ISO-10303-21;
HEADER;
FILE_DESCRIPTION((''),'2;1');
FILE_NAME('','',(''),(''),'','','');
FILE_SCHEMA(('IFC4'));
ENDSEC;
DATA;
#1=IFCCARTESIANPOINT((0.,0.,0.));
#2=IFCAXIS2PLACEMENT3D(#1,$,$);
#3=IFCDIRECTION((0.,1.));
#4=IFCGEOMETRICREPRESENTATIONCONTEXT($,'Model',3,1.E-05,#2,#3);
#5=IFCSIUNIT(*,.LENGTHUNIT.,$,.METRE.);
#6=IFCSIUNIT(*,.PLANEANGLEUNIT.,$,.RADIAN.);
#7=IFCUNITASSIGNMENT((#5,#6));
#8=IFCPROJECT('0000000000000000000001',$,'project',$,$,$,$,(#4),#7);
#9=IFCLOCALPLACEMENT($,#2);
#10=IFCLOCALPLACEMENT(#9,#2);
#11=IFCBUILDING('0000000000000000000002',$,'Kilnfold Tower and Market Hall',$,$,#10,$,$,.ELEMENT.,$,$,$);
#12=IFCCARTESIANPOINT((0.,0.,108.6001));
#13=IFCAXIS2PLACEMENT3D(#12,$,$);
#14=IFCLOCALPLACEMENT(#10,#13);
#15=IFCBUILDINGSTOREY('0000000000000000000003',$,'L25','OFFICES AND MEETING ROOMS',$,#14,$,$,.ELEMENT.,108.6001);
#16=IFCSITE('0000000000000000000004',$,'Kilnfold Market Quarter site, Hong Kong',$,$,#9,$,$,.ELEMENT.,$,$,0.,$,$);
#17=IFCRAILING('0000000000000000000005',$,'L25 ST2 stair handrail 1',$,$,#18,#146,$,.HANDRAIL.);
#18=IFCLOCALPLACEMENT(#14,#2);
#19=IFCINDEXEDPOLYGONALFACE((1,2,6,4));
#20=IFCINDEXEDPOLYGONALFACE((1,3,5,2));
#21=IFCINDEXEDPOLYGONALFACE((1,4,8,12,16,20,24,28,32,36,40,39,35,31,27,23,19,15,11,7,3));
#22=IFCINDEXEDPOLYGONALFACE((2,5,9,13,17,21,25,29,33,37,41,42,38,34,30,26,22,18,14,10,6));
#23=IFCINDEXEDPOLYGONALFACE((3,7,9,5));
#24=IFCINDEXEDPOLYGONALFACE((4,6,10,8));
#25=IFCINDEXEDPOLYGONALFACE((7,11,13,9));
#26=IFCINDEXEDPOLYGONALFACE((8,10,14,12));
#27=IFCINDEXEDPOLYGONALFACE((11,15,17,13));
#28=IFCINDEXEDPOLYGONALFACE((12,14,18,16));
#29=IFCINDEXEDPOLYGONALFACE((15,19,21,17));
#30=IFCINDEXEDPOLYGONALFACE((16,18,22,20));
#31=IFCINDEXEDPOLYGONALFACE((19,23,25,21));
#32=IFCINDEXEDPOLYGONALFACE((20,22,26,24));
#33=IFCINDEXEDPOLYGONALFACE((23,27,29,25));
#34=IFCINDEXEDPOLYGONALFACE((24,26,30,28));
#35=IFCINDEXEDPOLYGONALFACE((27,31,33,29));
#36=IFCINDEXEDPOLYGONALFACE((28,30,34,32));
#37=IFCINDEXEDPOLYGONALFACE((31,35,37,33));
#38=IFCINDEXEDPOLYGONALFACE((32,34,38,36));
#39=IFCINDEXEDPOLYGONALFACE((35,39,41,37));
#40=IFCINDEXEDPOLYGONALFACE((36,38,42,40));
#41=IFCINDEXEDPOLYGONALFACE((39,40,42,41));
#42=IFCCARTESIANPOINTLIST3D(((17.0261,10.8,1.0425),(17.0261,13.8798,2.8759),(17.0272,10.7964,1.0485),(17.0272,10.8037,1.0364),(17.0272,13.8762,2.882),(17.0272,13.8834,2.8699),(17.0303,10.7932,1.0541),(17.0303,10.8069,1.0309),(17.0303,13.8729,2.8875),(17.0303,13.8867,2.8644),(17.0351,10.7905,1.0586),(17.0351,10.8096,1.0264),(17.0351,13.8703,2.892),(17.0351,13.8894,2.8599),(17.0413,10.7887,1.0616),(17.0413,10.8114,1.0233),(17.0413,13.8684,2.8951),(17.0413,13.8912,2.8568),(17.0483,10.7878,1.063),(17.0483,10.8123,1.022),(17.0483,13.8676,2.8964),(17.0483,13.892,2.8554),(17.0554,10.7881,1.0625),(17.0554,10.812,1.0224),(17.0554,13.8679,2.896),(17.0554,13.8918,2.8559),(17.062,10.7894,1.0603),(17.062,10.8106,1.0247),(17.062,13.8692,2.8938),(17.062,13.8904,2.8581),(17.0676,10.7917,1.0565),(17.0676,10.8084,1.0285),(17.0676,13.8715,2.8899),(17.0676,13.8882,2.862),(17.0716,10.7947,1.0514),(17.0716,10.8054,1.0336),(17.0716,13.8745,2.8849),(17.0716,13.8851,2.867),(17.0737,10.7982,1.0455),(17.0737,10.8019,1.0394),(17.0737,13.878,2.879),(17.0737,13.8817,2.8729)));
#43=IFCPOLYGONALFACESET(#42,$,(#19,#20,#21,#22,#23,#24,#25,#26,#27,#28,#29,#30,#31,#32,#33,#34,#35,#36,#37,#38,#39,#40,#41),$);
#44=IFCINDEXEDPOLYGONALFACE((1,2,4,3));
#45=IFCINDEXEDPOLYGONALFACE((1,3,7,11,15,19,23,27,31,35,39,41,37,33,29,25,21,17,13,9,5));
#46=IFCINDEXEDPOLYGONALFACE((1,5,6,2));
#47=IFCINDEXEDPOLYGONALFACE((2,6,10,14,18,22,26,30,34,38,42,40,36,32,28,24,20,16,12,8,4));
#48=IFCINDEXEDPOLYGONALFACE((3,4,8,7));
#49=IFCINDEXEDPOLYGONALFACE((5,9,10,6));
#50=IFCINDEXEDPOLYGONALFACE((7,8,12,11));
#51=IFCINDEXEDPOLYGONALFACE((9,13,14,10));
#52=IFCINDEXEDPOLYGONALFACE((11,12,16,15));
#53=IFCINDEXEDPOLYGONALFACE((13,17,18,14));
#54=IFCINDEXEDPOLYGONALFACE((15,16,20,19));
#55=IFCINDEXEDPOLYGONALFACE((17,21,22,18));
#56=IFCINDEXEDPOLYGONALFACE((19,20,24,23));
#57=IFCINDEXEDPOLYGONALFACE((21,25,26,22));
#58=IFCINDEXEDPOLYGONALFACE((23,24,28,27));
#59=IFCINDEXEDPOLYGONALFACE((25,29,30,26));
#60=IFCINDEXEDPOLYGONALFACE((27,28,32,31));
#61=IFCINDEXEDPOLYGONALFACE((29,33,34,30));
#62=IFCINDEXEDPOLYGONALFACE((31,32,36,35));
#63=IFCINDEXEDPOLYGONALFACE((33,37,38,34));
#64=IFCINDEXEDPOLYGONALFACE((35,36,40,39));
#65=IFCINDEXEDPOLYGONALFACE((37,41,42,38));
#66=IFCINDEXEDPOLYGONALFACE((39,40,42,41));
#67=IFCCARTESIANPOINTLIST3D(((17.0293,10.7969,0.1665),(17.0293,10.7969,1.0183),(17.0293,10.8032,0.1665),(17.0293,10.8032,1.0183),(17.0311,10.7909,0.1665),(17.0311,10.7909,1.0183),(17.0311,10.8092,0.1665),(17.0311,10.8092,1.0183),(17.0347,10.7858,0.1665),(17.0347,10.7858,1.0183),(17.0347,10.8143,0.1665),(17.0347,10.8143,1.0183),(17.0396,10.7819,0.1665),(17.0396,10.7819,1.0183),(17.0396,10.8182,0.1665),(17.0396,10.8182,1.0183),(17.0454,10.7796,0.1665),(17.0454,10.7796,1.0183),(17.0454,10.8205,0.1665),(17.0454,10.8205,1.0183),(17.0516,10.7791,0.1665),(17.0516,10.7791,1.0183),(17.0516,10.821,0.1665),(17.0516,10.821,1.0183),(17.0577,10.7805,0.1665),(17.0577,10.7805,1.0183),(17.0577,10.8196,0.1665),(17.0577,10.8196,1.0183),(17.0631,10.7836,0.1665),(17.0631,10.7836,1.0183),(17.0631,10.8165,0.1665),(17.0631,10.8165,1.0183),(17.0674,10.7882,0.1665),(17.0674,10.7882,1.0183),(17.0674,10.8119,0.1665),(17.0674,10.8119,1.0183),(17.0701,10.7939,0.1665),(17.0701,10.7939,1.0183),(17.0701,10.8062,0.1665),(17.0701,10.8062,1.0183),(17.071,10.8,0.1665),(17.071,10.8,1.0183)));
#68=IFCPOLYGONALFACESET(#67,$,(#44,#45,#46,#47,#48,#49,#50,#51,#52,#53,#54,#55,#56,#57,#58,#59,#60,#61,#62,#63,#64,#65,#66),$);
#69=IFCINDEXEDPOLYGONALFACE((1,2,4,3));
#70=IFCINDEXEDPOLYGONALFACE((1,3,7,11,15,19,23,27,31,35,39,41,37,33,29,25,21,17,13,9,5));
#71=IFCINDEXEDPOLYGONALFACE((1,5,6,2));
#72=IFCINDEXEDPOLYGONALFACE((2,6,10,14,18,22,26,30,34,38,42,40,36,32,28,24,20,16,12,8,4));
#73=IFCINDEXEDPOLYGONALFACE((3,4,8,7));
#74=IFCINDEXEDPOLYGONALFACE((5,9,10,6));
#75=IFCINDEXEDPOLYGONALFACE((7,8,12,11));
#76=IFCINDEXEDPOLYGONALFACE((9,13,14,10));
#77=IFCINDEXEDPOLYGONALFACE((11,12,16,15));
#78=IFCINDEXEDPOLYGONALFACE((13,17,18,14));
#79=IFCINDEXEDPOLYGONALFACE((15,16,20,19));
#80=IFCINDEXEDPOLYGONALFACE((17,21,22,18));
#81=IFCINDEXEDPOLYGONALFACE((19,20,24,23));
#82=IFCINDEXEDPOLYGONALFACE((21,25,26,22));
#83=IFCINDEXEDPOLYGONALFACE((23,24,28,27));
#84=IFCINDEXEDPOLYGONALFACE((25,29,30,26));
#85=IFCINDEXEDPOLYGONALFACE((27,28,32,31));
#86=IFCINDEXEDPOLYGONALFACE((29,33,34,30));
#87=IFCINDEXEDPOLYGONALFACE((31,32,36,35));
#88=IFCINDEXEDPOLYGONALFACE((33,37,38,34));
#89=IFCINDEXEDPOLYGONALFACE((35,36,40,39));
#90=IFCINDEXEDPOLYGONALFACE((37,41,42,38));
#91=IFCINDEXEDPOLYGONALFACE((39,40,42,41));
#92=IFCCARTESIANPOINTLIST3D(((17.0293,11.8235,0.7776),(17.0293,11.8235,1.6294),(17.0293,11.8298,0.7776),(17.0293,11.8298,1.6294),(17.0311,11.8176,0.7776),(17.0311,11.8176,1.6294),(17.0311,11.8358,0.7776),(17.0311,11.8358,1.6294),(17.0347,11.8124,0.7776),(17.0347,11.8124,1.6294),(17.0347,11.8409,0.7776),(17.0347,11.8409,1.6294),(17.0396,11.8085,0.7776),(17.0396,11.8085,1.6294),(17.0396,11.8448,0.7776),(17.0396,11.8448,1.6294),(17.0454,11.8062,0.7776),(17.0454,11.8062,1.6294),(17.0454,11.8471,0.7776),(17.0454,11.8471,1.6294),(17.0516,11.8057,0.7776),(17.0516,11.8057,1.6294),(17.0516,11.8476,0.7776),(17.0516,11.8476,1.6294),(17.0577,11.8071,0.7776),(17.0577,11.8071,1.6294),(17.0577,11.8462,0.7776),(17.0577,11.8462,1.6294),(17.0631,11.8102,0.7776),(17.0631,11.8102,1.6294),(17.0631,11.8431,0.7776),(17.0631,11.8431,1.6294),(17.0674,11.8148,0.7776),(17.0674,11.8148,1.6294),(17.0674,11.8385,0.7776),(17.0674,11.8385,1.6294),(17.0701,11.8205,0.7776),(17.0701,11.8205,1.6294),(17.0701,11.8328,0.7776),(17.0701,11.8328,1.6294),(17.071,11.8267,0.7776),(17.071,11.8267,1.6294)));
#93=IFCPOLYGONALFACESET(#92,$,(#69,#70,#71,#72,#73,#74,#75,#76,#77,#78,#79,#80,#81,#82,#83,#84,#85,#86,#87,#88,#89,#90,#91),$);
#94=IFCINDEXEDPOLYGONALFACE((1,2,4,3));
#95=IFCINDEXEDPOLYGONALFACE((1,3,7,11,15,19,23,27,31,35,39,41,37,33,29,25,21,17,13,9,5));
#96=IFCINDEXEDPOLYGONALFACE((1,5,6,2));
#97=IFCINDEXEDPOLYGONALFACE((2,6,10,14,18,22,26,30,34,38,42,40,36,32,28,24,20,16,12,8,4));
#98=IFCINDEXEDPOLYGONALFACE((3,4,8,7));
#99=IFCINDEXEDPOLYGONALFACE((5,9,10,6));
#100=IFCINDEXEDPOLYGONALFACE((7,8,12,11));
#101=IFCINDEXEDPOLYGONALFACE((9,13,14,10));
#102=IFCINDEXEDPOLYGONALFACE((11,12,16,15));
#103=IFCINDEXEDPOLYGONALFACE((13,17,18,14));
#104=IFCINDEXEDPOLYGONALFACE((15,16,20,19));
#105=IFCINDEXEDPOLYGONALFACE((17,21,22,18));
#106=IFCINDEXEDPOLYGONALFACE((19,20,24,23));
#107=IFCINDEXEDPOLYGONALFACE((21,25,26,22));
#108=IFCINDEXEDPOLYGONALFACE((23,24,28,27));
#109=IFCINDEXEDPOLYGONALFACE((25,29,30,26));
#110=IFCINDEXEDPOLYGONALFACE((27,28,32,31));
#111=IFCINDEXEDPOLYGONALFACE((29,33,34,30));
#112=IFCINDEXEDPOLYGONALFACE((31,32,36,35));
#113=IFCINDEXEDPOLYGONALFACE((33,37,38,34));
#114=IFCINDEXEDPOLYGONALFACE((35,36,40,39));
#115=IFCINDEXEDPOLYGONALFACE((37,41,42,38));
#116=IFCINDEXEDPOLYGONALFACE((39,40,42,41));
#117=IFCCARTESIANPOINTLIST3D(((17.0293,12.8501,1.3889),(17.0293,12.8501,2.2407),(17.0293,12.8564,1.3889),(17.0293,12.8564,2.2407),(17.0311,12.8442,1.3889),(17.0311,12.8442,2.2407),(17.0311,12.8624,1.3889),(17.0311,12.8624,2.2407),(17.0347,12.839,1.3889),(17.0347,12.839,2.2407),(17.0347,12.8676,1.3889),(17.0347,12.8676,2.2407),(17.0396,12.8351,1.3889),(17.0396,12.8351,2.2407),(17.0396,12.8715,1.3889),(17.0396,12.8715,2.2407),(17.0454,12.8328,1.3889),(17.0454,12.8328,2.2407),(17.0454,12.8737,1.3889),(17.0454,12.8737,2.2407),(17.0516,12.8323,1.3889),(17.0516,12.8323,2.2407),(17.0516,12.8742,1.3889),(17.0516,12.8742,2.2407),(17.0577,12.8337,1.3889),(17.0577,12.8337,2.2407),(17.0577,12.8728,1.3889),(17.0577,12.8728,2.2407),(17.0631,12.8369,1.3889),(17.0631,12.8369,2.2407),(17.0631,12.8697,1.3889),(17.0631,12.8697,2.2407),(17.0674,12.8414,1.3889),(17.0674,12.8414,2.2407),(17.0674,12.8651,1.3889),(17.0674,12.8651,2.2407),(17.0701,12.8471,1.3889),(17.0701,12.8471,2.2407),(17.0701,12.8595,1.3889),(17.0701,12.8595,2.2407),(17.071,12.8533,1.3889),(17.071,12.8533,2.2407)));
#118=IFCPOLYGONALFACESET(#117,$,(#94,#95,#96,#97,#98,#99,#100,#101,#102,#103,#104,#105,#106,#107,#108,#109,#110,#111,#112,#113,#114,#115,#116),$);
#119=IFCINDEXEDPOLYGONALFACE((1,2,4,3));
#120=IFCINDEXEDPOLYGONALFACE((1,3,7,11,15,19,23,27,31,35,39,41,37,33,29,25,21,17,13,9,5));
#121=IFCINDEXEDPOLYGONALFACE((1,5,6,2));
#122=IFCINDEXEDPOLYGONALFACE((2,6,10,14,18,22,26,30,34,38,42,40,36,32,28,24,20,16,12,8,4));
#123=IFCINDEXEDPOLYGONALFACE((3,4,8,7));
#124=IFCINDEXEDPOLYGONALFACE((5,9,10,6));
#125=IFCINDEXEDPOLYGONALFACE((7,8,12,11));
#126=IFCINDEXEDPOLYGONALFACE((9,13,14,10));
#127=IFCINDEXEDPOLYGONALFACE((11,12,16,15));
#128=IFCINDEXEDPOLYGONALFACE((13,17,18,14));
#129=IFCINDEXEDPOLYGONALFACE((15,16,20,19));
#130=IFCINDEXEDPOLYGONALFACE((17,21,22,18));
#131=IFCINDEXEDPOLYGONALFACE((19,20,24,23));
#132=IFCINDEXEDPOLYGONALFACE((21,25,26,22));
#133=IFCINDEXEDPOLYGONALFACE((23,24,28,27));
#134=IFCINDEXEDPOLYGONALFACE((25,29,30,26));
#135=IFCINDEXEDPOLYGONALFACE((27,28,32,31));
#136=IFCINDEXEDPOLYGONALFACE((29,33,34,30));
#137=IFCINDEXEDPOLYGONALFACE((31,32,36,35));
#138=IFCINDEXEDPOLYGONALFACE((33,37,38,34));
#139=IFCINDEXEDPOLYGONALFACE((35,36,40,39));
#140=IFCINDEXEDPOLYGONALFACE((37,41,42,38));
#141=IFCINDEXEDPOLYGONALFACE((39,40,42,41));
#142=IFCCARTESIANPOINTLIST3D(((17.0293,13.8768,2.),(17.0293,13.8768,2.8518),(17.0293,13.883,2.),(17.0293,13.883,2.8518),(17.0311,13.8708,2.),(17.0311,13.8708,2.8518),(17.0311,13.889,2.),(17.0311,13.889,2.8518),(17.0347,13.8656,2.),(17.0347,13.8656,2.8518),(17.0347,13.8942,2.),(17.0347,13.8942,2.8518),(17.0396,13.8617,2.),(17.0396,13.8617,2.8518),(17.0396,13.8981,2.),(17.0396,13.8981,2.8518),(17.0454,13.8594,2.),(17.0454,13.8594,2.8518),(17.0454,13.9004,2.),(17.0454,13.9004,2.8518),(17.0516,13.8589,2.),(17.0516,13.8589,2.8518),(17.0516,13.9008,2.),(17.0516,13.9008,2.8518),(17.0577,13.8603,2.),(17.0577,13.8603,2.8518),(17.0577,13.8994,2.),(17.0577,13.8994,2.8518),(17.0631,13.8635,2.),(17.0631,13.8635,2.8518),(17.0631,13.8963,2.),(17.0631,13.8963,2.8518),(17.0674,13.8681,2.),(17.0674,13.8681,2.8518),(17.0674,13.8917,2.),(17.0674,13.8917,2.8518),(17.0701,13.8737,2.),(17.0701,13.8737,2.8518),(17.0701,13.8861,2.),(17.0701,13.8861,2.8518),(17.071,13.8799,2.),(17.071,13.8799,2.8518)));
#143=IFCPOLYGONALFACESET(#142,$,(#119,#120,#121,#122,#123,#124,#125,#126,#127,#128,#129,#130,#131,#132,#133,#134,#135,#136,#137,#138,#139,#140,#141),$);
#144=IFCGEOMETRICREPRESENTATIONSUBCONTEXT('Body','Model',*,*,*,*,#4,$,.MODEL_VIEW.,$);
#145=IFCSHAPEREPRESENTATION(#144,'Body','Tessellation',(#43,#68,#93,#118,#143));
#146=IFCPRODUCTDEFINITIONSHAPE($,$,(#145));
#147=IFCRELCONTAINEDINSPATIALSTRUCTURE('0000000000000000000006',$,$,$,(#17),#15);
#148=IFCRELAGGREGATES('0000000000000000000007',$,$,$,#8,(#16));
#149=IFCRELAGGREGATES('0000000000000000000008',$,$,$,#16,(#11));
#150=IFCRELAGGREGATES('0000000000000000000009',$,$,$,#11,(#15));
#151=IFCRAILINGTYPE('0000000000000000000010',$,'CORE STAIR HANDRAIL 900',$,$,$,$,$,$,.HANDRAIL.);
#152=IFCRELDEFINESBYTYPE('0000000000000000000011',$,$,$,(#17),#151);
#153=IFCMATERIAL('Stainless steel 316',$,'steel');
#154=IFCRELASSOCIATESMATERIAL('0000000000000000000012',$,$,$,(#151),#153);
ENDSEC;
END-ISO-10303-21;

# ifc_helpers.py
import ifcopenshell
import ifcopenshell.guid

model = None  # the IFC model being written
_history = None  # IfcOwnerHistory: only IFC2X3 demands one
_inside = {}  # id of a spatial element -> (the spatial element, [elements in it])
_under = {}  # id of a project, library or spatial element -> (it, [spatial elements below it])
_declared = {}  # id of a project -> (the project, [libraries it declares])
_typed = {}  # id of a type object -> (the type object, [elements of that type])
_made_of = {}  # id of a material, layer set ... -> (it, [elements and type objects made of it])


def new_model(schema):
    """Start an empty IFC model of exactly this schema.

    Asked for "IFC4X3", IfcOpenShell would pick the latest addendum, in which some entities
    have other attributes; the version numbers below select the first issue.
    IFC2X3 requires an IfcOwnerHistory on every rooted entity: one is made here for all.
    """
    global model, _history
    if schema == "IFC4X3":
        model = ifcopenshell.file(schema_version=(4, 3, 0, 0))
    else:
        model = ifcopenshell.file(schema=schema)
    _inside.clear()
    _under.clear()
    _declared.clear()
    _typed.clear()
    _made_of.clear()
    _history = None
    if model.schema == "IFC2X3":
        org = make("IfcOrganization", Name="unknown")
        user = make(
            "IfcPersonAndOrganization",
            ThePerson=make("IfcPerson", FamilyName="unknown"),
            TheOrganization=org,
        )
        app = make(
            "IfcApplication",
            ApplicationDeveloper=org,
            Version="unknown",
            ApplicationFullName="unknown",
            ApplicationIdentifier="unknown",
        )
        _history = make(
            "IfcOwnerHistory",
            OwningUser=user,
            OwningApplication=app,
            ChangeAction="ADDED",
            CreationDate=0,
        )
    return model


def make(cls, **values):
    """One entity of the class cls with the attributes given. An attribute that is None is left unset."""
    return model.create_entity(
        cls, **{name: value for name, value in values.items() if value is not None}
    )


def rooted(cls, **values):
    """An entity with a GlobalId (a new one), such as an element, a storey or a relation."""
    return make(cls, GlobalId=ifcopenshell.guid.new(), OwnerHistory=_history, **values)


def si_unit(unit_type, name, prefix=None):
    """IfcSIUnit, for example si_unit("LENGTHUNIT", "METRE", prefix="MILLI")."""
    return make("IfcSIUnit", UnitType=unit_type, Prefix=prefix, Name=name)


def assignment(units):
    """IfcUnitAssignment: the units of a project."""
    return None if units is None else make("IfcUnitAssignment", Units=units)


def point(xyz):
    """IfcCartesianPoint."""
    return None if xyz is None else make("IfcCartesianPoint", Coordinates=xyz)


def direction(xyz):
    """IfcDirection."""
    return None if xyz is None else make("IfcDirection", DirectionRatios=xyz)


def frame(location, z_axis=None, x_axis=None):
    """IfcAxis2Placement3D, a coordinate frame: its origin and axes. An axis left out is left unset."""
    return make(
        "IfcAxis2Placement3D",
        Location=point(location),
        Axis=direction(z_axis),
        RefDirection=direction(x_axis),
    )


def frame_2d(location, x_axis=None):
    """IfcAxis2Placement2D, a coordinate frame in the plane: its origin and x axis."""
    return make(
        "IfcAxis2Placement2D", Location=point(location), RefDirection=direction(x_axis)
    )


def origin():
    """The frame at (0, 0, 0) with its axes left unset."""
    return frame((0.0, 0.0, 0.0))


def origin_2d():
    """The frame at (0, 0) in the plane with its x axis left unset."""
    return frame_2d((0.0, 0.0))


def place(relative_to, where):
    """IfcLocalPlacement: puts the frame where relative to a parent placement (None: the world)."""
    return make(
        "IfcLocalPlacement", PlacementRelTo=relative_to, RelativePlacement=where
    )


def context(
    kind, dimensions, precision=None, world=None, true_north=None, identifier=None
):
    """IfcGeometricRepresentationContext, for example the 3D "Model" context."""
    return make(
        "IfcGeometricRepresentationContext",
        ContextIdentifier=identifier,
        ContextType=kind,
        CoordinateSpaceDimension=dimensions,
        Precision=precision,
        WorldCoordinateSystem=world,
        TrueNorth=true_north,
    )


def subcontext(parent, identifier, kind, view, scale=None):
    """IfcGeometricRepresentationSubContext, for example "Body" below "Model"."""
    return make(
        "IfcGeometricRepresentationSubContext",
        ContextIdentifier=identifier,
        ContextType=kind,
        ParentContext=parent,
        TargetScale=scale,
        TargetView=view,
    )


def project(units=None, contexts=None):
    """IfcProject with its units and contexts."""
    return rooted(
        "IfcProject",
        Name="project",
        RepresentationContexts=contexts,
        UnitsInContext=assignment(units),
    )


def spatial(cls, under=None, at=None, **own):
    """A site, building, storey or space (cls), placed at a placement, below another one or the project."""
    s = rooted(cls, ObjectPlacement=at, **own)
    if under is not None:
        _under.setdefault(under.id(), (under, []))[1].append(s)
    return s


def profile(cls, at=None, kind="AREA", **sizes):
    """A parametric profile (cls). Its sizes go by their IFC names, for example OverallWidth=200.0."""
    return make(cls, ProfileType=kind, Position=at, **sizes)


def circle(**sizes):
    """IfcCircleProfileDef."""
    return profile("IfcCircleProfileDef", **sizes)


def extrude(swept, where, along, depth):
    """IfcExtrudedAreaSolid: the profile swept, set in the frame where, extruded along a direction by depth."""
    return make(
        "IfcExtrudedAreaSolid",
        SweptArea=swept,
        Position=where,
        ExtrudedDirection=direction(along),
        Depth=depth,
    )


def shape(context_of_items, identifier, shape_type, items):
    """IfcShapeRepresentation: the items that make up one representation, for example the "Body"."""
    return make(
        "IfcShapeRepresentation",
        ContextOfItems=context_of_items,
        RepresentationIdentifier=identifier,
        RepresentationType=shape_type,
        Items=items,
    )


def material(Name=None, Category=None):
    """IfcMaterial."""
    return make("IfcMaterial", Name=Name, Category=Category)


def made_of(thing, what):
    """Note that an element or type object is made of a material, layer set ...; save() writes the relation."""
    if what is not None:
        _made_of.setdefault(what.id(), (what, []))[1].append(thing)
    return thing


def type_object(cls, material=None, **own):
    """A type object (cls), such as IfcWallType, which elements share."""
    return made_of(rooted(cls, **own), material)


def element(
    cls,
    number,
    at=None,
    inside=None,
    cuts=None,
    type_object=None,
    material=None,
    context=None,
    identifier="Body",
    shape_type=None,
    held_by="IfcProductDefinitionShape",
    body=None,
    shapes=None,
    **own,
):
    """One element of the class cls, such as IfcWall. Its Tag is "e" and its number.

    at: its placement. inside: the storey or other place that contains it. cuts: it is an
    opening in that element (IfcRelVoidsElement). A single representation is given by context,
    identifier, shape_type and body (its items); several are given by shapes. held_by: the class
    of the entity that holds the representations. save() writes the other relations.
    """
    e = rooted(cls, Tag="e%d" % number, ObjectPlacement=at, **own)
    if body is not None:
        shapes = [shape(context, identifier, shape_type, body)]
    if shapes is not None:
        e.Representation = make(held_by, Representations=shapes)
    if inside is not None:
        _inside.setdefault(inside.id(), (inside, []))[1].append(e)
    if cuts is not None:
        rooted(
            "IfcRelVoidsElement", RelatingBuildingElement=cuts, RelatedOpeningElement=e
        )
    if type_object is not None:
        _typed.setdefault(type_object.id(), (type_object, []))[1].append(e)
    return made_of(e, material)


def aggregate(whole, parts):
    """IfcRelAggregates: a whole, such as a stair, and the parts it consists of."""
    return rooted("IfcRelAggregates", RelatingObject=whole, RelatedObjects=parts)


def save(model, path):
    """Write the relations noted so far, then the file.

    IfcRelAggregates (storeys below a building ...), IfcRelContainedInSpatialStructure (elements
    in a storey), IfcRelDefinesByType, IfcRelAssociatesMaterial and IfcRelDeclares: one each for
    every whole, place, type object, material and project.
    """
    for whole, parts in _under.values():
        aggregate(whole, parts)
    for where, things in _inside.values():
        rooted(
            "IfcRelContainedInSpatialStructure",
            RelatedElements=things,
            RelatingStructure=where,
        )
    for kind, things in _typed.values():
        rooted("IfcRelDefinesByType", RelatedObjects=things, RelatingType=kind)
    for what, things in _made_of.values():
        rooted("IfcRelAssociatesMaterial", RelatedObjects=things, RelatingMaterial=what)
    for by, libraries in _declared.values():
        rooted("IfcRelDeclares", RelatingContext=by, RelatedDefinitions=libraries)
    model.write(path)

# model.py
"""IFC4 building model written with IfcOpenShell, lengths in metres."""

from ifc_helpers import new_model, si_unit, direction, frame, origin, origin_2d, place, context, subcontext, project, spatial, circle, extrude, material, type_object, element, save


model = new_model("IFC4")

# Units and contexts
model_context = context("Model", 3, precision=1e-05, world=origin(), true_north=direction((0.0, 1.0)))
body_context = subcontext(model_context, "Body", "Model", "MODEL_VIEW")
ifc_project = project(units=[si_unit("LENGTHUNIT", "METRE"), si_unit("PLANEANGLEUNIT", "RADIAN")], contexts=[model_context])

# Site, building, storey
site_placement = place(None, origin())
site = spatial("IfcSite", under=ifc_project, at=site_placement, Name="Kilnfold Market Quarter site, Hong Kong", CompositionType="ELEMENT", RefElevation=0.0)
building_placement = place(site_placement, origin())
building = spatial("IfcBuilding", under=site, at=building_placement, Name="Kilnfold Tower and Market Hall", CompositionType="ELEMENT")
storey_placement = place(building_placement, frame((0.0, 0.0, 108.6001)))
storey = spatial("IfcBuildingStorey", under=building, at=storey_placement, Name="L25", Description="OFFICES AND MEETING ROOMS", CompositionType="ELEMENT", Elevation=108.6001)

# Railing
ifc_material_1 = material(Name="Stainless steel 316", Category="steel")
railing_type_1 = type_object("IfcRailingType", Name="CORE STAIR HANDRAIL 900", PredefinedType="HANDRAIL", material=ifc_material_1)
railing_1_placement = place(storey_placement, frame((17.05, 10.8, 0.1665)))
element("IfcRailing", 1, at=railing_1_placement, inside=storey, type_object=railing_type_1, Name="L25 ST2 stair handrail 1", PredefinedType="HANDRAIL", context=body_context, shape_type="SweptSolid", body=[
    extrude(circle(Radius=0.0239, at=origin_2d()), frame((0.0, 0.0, 0.876), z_axis=(0.0, 0.859261, 0.511538), x_axis=(-1.0, 0.0, 0.0)), (0.0, 0.0, 1.0), 3.5842),
    extrude(circle(Radius=0.021, at=origin_2d()), origin(), (0.0, 0.0, 1.0), 0.8518),
    extrude(circle(Radius=0.021, at=origin_2d()), frame((0.0, 1.0266, 0.6111)), (0.0, 0.0, 1.0), 0.8518),
    extrude(circle(Radius=0.021, at=origin_2d()), frame((0.0, 2.0532, 1.2224)), (0.0, 0.0, 1.0), 0.8518),
    extrude(circle(Radius=0.021, at=origin_2d()), frame((0.0, 3.0798, 1.8335)), (0.0, 0.0, 1.0), 0.8518),
])

save(model, "model.ifc")
